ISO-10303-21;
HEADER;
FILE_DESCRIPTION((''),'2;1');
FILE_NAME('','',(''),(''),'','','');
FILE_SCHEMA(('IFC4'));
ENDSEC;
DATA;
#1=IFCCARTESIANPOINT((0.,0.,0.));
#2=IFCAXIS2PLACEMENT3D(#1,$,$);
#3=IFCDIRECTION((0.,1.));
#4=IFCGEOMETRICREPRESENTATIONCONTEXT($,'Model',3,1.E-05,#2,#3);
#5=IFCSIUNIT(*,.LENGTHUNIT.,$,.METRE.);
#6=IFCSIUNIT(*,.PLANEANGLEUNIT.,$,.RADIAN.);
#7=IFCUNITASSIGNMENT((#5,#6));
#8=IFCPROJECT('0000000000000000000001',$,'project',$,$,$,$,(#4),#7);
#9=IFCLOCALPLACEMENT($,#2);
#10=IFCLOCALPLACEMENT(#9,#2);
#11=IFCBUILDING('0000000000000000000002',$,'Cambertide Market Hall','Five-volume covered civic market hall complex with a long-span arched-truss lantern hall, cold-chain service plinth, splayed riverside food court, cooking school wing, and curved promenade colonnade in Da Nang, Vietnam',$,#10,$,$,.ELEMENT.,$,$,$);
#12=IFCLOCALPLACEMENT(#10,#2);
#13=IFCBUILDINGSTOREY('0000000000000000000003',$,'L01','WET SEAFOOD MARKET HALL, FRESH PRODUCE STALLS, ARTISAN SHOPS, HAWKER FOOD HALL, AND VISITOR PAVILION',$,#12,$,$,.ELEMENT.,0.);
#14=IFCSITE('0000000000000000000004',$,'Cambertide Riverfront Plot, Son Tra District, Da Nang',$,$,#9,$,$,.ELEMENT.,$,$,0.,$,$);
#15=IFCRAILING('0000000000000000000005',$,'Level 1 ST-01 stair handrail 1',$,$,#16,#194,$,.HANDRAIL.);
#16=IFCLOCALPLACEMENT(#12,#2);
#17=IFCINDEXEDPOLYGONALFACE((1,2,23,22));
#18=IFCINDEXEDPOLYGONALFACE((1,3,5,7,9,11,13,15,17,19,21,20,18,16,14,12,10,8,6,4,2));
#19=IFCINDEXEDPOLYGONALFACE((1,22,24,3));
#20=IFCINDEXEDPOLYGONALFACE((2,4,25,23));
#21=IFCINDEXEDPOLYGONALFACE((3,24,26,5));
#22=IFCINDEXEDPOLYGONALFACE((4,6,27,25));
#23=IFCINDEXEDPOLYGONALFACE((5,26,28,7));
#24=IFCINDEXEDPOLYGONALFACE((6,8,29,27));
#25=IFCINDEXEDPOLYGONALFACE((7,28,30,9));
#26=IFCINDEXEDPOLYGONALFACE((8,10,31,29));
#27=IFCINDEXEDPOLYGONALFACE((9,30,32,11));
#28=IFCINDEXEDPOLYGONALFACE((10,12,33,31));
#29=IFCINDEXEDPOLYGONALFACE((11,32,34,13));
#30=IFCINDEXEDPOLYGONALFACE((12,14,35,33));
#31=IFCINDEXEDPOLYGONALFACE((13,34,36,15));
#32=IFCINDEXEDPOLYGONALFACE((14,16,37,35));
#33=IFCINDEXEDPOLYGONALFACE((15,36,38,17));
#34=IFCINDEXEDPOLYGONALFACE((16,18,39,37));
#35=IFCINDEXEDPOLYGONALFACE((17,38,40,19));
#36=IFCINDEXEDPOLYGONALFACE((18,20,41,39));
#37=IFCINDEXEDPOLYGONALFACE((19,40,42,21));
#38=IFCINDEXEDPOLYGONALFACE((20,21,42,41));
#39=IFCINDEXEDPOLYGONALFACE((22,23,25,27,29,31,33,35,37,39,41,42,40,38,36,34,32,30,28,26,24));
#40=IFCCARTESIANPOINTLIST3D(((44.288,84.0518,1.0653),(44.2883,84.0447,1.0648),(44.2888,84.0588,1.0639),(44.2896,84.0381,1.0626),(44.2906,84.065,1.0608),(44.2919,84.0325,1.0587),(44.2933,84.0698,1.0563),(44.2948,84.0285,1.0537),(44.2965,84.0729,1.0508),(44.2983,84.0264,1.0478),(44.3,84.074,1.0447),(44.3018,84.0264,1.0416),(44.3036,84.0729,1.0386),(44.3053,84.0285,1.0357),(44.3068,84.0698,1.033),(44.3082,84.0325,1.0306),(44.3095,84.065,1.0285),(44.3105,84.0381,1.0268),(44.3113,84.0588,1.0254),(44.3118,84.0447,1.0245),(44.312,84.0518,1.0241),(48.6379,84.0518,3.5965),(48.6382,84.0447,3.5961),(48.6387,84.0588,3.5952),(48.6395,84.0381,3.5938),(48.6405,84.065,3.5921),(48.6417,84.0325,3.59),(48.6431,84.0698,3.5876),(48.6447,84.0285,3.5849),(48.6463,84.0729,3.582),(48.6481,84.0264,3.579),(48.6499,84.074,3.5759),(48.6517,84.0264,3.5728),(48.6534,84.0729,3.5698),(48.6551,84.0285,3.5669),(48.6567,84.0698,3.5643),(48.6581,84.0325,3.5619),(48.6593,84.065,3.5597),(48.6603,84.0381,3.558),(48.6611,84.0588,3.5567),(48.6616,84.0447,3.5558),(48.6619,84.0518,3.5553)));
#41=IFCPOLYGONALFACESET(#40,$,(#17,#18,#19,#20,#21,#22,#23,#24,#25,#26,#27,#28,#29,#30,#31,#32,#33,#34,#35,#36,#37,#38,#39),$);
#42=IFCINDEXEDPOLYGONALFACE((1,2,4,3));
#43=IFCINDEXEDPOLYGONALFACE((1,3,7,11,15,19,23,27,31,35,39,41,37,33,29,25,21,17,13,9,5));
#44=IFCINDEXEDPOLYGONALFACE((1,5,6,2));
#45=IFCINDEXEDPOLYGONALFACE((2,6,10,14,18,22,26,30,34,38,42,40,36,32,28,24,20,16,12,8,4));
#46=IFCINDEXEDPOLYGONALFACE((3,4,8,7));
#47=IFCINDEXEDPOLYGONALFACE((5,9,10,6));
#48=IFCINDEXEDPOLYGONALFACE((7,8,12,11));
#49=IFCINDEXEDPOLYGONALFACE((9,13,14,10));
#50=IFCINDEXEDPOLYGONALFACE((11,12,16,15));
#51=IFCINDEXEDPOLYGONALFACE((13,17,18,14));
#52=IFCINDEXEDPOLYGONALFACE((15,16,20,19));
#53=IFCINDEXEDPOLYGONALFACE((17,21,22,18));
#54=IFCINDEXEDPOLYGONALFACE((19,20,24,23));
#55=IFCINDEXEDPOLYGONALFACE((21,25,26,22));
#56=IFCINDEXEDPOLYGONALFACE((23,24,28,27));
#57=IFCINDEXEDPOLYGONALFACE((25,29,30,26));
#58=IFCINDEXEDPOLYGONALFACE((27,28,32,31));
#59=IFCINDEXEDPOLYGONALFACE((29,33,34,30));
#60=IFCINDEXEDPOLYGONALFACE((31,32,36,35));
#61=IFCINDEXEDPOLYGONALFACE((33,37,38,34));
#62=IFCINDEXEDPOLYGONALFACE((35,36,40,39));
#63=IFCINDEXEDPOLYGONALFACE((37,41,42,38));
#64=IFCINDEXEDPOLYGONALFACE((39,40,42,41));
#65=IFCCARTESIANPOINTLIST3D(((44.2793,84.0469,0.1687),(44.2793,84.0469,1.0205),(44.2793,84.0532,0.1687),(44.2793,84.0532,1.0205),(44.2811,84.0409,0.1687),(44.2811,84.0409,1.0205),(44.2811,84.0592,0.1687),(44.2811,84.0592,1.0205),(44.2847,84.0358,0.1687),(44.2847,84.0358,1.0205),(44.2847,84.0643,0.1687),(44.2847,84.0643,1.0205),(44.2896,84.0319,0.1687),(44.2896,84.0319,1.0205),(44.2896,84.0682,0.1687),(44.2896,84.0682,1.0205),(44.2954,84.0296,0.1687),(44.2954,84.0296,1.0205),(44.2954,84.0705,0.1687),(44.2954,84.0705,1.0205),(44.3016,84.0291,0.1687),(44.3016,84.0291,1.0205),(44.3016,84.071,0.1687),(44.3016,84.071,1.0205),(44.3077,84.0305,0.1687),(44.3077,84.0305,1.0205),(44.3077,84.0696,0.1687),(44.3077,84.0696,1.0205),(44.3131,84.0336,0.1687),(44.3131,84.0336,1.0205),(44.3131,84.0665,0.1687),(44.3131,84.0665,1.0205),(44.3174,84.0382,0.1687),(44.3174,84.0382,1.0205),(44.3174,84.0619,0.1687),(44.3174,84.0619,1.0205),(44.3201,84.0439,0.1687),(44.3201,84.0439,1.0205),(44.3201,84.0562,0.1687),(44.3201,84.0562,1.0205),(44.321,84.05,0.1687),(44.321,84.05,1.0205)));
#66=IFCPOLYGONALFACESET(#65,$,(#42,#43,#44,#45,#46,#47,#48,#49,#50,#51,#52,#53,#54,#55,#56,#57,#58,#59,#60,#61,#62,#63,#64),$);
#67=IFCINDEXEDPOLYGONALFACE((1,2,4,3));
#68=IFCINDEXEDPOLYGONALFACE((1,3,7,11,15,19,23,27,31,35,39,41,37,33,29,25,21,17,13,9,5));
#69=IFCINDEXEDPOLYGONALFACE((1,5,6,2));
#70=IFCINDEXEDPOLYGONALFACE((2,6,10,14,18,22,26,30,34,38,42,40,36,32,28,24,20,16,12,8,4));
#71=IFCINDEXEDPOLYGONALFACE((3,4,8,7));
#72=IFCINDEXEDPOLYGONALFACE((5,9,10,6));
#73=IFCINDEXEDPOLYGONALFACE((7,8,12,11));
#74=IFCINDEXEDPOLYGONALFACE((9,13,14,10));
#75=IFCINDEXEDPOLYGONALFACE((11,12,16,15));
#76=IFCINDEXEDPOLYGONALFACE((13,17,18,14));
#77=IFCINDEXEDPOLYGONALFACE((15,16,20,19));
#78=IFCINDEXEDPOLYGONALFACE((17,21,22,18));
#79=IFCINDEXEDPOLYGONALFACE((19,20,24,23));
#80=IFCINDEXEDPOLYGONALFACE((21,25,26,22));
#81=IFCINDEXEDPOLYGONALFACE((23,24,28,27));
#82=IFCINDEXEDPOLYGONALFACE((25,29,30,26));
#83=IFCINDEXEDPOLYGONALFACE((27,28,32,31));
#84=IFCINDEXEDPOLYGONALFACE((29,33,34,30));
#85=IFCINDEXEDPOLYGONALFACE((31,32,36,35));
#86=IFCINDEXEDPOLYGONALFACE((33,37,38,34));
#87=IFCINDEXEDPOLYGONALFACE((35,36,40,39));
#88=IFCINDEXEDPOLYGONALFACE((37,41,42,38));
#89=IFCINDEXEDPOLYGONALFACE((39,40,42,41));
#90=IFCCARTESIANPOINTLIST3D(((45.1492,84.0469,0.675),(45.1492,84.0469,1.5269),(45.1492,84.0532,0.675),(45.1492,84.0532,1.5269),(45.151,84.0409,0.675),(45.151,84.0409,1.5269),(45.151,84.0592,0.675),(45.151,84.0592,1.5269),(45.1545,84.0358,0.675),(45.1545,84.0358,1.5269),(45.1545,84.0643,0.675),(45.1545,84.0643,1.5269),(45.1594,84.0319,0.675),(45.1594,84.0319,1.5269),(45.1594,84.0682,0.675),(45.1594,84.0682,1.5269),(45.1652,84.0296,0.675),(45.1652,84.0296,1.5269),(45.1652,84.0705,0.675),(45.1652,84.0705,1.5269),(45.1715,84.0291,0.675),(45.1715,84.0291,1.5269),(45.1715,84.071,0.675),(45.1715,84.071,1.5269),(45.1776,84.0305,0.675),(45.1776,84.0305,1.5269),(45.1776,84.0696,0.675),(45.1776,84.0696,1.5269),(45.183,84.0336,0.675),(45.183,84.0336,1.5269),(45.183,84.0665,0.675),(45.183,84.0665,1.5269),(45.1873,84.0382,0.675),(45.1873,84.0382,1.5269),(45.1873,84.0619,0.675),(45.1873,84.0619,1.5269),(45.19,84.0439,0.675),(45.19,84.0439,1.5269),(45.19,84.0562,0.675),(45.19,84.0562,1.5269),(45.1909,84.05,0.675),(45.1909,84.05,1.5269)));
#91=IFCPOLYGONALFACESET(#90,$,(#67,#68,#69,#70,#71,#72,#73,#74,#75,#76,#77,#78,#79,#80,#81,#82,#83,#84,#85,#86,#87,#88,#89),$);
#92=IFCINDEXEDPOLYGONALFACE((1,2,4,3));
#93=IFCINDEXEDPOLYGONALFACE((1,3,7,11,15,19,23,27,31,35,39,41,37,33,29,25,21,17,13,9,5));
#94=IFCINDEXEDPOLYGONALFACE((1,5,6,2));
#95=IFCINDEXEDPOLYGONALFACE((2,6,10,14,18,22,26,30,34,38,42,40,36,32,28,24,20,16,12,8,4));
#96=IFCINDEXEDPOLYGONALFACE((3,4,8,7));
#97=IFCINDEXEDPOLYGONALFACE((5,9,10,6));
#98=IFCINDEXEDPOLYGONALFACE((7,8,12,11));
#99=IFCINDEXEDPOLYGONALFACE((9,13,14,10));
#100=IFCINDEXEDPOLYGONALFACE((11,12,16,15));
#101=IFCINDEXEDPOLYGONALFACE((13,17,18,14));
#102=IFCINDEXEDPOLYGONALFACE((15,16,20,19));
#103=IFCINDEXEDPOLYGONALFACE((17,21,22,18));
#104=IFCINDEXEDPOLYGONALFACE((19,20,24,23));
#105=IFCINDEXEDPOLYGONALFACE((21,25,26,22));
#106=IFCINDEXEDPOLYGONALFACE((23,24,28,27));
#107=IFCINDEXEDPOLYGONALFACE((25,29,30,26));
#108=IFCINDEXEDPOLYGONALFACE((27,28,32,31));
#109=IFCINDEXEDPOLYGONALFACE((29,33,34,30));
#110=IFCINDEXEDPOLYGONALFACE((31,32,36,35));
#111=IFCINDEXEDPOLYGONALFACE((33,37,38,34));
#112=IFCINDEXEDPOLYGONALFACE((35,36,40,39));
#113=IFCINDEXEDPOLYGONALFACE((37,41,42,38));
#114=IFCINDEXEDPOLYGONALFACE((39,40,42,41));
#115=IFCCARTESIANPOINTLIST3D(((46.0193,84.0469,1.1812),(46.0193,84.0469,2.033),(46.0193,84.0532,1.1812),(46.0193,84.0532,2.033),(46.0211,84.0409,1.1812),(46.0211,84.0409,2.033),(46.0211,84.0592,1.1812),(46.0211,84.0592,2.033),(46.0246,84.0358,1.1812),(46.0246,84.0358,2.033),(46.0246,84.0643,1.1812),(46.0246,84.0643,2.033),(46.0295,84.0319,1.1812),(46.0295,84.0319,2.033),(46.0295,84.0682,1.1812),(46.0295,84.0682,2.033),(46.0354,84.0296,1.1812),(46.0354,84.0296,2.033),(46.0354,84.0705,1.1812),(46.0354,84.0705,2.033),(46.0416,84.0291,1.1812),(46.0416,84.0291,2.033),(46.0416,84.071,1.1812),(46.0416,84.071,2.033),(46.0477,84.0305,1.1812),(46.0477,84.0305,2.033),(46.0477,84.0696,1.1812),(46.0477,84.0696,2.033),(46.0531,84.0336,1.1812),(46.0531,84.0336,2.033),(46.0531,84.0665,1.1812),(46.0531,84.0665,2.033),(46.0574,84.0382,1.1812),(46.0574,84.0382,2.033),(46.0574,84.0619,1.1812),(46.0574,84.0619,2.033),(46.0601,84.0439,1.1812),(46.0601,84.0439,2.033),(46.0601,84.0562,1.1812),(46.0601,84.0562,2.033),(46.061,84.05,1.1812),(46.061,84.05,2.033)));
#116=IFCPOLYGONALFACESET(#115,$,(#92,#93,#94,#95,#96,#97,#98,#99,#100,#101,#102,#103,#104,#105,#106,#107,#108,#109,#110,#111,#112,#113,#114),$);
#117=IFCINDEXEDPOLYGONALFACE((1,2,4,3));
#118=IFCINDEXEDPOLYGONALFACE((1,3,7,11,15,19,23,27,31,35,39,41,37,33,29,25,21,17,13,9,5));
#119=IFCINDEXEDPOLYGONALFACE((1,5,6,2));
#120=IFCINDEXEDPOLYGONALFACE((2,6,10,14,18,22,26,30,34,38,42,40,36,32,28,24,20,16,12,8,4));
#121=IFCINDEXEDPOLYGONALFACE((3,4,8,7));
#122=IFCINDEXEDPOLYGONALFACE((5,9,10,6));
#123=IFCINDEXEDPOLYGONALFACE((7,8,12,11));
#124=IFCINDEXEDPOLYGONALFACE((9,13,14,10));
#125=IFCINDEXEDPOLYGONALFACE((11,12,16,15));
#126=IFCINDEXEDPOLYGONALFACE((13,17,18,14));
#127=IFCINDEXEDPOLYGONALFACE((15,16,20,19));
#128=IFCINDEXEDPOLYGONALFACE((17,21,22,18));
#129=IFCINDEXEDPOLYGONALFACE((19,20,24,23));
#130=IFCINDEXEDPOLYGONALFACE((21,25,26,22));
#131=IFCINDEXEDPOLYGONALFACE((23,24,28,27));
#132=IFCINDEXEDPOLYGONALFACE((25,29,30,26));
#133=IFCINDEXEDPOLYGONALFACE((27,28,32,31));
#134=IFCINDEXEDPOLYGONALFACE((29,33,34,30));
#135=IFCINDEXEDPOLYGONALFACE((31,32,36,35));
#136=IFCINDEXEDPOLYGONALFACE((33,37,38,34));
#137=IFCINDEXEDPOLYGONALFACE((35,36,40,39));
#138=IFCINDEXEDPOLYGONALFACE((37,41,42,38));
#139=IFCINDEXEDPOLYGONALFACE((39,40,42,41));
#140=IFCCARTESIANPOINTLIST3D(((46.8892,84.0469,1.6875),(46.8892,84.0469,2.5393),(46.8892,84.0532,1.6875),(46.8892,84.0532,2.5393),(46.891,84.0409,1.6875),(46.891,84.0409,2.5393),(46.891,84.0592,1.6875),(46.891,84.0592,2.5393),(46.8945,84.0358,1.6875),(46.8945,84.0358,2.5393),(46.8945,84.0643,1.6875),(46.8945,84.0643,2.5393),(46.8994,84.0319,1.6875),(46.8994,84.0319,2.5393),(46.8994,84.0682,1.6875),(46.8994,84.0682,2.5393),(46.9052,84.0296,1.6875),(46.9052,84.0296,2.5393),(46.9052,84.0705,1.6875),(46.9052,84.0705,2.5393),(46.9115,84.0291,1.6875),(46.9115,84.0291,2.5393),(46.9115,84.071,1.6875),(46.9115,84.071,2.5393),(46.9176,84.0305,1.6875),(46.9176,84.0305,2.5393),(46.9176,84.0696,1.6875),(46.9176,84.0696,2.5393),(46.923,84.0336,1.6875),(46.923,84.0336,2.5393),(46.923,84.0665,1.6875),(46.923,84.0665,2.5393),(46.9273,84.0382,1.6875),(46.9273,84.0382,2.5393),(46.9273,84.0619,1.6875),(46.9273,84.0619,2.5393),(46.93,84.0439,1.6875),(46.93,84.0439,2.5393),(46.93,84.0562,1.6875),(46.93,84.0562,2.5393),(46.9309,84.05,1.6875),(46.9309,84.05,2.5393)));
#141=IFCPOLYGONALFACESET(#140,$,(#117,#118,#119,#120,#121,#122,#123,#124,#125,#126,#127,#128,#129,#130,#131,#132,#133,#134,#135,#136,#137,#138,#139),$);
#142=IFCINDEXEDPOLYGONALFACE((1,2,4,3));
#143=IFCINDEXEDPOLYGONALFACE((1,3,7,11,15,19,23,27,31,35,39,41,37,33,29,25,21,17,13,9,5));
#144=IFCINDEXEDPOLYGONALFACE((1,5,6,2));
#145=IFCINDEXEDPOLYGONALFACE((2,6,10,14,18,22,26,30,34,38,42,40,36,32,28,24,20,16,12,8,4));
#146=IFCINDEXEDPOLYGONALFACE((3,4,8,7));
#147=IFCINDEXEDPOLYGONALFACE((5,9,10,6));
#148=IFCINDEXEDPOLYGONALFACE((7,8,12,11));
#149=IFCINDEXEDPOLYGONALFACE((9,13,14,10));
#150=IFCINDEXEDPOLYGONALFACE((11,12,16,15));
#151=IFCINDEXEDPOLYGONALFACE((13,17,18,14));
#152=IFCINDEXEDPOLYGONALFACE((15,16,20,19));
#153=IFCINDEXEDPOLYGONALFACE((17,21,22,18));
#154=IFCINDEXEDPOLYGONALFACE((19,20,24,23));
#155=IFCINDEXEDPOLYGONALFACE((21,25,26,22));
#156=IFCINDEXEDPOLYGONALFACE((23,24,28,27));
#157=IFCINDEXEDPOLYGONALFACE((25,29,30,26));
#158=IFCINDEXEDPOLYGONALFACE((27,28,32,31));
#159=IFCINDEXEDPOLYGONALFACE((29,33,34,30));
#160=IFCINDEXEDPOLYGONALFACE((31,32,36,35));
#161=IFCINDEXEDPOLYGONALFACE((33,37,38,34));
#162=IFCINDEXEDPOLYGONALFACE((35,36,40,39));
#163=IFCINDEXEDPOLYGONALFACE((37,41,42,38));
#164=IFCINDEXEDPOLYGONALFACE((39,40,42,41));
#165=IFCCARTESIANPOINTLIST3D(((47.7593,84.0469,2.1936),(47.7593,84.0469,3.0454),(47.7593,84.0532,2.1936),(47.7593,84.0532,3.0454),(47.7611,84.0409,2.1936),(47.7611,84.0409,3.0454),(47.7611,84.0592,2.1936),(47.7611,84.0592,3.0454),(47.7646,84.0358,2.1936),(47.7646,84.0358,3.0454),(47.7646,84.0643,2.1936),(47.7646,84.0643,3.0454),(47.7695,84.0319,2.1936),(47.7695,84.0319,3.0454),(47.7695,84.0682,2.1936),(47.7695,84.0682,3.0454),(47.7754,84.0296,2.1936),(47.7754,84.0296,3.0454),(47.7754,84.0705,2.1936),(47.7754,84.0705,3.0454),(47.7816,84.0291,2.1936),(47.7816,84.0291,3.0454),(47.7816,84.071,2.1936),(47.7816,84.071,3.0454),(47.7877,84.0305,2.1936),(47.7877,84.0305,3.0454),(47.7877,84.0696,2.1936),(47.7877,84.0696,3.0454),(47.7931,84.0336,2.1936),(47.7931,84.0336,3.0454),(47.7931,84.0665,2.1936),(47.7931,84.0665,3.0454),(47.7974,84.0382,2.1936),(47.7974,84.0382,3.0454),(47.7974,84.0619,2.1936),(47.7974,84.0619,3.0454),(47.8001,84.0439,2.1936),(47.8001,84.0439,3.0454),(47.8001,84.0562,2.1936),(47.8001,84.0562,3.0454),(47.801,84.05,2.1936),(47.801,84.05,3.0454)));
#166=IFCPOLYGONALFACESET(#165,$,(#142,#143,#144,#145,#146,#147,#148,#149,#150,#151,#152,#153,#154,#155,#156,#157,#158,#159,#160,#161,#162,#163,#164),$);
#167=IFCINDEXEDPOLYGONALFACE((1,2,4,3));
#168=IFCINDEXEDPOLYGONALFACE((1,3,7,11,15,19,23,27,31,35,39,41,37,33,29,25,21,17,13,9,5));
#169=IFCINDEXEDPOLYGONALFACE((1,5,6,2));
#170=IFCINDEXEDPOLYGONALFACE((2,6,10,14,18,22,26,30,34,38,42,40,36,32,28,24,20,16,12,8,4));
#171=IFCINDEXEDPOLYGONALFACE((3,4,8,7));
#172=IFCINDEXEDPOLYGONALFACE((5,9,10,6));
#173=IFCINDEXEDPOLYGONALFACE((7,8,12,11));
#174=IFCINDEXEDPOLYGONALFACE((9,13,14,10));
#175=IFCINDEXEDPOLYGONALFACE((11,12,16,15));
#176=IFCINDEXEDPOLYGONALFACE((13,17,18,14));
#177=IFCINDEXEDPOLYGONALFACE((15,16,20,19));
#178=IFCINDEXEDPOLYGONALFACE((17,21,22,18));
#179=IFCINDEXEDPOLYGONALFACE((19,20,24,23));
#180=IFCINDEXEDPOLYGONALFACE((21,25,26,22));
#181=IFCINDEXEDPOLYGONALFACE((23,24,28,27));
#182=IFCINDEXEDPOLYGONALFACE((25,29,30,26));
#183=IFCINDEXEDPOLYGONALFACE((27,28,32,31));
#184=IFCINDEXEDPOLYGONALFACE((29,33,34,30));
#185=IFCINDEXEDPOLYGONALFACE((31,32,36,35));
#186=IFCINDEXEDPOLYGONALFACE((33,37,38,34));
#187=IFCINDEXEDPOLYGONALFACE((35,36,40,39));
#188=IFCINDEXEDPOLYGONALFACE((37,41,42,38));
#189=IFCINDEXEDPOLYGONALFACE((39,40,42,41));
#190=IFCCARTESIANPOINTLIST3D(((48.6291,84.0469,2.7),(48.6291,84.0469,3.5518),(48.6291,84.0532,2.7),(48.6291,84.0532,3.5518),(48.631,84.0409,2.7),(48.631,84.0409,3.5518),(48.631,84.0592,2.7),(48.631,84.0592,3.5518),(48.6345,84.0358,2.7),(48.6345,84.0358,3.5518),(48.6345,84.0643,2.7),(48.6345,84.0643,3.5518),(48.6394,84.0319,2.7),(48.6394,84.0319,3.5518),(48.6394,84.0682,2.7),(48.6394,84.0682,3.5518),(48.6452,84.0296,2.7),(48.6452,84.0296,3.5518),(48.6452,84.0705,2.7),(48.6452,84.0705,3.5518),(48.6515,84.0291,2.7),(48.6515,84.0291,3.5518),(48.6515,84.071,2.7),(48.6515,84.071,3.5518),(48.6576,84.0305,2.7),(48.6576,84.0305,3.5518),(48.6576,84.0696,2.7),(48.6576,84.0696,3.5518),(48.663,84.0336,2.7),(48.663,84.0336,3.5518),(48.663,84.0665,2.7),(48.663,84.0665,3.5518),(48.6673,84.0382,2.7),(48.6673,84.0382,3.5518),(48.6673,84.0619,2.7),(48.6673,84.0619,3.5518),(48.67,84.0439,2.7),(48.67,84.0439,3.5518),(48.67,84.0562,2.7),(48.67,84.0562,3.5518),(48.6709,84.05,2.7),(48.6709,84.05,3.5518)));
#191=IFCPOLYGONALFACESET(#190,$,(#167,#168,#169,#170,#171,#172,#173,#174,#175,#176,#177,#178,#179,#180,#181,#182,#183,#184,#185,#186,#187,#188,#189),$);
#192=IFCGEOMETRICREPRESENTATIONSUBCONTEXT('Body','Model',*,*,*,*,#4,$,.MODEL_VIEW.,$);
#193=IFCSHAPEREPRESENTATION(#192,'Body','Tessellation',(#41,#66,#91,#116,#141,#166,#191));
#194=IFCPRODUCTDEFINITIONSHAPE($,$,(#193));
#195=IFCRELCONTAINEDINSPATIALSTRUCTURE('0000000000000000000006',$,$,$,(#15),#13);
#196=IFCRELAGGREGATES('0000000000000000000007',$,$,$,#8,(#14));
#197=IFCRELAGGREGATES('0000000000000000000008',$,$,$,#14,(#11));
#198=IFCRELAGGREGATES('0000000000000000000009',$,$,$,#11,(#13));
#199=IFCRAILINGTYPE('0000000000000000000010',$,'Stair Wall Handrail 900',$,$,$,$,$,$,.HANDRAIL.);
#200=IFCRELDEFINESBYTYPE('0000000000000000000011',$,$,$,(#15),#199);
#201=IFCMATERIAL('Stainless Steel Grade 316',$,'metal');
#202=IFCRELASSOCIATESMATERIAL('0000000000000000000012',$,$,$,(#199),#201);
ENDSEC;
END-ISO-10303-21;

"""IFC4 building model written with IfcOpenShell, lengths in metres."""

from ifc_helpers import new_model, si_unit, direction, frame, origin, origin_2d, place, context, subcontext, project, spatial, circle, extrude, material, type_object, element, save


model = new_model("IFC4")

# Units and contexts
model_context = context("Model", 3, precision=1e-05, world=origin(), true_north=direction((0.0, 1.0)))
body_context = subcontext(model_context, "Body", "Model", "MODEL_VIEW")
ifc_project = project(units=[si_unit("LENGTHUNIT", "METRE"), si_unit("PLANEANGLEUNIT", "RADIAN")], contexts=[model_context])

# Site, building, storey
site_placement = place(None, origin())
site = spatial("IfcSite", under=ifc_project, at=site_placement, Name="Cambertide Riverfront Plot, Son Tra District, Da Nang", CompositionType="ELEMENT", RefElevation=0.0)
building_placement = place(site_placement, origin())
building = spatial("IfcBuilding", under=site, at=building_placement, Name="Cambertide Market Hall", Description="Five-volume covered civic market hall complex with a long-span arched-truss lantern hall, cold-chain service plinth, splayed riverside food court, cooking school wing, and curved promenade colonnade in Da Nang, Vietnam", CompositionType="ELEMENT")
storey_placement = place(building_placement, origin())
storey = spatial("IfcBuildingStorey", under=building, at=storey_placement, Name="L01", Description="WET SEAFOOD MARKET HALL, FRESH PRODUCE STALLS, ARTISAN SHOPS, HAWKER FOOD HALL, AND VISITOR PAVILION", CompositionType="ELEMENT", Elevation=0.0)

# Railing
ifc_material_1 = material(Name="Stainless Steel Grade 316", Category="metal")
railing_type_1 = type_object("IfcRailingType", Name="Stair Wall Handrail 900", PredefinedType="HANDRAIL", material=ifc_material_1)
railing_1_placement = place(storey_placement, frame((44.3, 84.05, 0.1687)))
element("IfcRailing", 1, at=railing_1_placement, inside=storey, type_object=railing_type_1, Name="Level 1 ST-01 stair handrail 1", PredefinedType="HANDRAIL", context=body_context, shape_type="SweptSolid", body=[
    extrude(circle(Radius=0.0239, at=origin_2d()), frame((0.0, 0.0, 0.876), z_axis=(0.864312, 0.0, 0.502957), x_axis=(0.0, 1.0, 0.0)), (0.0, 0.0, 1.0), 5.0327),
    extrude(circle(Radius=0.021, at=origin_2d()), origin(), (0.0, 0.0, 1.0), 0.8518),
    extrude(circle(Radius=0.021, at=origin_2d()), frame((0.8699, 0.0, 0.5063)), (0.0, 0.0, 1.0), 0.8518),
    extrude(circle(Radius=0.021, at=origin_2d()), frame((1.74, 0.0, 1.0125)), (0.0, 0.0, 1.0), 0.8518),
    extrude(circle(Radius=0.021, at=origin_2d()), frame((2.6099, 0.0, 1.5188)), (0.0, 0.0, 1.0), 0.8518),
    extrude(circle(Radius=0.021, at=origin_2d()), frame((3.48, 0.0, 2.0249)), (0.0, 0.0, 1.0), 0.8518),
    extrude(circle(Radius=0.021, at=origin_2d()), frame((4.3499, 0.0, 2.5312)), (0.0, 0.0, 1.0), 0.8518),
])

save(model, "model.ifc")
